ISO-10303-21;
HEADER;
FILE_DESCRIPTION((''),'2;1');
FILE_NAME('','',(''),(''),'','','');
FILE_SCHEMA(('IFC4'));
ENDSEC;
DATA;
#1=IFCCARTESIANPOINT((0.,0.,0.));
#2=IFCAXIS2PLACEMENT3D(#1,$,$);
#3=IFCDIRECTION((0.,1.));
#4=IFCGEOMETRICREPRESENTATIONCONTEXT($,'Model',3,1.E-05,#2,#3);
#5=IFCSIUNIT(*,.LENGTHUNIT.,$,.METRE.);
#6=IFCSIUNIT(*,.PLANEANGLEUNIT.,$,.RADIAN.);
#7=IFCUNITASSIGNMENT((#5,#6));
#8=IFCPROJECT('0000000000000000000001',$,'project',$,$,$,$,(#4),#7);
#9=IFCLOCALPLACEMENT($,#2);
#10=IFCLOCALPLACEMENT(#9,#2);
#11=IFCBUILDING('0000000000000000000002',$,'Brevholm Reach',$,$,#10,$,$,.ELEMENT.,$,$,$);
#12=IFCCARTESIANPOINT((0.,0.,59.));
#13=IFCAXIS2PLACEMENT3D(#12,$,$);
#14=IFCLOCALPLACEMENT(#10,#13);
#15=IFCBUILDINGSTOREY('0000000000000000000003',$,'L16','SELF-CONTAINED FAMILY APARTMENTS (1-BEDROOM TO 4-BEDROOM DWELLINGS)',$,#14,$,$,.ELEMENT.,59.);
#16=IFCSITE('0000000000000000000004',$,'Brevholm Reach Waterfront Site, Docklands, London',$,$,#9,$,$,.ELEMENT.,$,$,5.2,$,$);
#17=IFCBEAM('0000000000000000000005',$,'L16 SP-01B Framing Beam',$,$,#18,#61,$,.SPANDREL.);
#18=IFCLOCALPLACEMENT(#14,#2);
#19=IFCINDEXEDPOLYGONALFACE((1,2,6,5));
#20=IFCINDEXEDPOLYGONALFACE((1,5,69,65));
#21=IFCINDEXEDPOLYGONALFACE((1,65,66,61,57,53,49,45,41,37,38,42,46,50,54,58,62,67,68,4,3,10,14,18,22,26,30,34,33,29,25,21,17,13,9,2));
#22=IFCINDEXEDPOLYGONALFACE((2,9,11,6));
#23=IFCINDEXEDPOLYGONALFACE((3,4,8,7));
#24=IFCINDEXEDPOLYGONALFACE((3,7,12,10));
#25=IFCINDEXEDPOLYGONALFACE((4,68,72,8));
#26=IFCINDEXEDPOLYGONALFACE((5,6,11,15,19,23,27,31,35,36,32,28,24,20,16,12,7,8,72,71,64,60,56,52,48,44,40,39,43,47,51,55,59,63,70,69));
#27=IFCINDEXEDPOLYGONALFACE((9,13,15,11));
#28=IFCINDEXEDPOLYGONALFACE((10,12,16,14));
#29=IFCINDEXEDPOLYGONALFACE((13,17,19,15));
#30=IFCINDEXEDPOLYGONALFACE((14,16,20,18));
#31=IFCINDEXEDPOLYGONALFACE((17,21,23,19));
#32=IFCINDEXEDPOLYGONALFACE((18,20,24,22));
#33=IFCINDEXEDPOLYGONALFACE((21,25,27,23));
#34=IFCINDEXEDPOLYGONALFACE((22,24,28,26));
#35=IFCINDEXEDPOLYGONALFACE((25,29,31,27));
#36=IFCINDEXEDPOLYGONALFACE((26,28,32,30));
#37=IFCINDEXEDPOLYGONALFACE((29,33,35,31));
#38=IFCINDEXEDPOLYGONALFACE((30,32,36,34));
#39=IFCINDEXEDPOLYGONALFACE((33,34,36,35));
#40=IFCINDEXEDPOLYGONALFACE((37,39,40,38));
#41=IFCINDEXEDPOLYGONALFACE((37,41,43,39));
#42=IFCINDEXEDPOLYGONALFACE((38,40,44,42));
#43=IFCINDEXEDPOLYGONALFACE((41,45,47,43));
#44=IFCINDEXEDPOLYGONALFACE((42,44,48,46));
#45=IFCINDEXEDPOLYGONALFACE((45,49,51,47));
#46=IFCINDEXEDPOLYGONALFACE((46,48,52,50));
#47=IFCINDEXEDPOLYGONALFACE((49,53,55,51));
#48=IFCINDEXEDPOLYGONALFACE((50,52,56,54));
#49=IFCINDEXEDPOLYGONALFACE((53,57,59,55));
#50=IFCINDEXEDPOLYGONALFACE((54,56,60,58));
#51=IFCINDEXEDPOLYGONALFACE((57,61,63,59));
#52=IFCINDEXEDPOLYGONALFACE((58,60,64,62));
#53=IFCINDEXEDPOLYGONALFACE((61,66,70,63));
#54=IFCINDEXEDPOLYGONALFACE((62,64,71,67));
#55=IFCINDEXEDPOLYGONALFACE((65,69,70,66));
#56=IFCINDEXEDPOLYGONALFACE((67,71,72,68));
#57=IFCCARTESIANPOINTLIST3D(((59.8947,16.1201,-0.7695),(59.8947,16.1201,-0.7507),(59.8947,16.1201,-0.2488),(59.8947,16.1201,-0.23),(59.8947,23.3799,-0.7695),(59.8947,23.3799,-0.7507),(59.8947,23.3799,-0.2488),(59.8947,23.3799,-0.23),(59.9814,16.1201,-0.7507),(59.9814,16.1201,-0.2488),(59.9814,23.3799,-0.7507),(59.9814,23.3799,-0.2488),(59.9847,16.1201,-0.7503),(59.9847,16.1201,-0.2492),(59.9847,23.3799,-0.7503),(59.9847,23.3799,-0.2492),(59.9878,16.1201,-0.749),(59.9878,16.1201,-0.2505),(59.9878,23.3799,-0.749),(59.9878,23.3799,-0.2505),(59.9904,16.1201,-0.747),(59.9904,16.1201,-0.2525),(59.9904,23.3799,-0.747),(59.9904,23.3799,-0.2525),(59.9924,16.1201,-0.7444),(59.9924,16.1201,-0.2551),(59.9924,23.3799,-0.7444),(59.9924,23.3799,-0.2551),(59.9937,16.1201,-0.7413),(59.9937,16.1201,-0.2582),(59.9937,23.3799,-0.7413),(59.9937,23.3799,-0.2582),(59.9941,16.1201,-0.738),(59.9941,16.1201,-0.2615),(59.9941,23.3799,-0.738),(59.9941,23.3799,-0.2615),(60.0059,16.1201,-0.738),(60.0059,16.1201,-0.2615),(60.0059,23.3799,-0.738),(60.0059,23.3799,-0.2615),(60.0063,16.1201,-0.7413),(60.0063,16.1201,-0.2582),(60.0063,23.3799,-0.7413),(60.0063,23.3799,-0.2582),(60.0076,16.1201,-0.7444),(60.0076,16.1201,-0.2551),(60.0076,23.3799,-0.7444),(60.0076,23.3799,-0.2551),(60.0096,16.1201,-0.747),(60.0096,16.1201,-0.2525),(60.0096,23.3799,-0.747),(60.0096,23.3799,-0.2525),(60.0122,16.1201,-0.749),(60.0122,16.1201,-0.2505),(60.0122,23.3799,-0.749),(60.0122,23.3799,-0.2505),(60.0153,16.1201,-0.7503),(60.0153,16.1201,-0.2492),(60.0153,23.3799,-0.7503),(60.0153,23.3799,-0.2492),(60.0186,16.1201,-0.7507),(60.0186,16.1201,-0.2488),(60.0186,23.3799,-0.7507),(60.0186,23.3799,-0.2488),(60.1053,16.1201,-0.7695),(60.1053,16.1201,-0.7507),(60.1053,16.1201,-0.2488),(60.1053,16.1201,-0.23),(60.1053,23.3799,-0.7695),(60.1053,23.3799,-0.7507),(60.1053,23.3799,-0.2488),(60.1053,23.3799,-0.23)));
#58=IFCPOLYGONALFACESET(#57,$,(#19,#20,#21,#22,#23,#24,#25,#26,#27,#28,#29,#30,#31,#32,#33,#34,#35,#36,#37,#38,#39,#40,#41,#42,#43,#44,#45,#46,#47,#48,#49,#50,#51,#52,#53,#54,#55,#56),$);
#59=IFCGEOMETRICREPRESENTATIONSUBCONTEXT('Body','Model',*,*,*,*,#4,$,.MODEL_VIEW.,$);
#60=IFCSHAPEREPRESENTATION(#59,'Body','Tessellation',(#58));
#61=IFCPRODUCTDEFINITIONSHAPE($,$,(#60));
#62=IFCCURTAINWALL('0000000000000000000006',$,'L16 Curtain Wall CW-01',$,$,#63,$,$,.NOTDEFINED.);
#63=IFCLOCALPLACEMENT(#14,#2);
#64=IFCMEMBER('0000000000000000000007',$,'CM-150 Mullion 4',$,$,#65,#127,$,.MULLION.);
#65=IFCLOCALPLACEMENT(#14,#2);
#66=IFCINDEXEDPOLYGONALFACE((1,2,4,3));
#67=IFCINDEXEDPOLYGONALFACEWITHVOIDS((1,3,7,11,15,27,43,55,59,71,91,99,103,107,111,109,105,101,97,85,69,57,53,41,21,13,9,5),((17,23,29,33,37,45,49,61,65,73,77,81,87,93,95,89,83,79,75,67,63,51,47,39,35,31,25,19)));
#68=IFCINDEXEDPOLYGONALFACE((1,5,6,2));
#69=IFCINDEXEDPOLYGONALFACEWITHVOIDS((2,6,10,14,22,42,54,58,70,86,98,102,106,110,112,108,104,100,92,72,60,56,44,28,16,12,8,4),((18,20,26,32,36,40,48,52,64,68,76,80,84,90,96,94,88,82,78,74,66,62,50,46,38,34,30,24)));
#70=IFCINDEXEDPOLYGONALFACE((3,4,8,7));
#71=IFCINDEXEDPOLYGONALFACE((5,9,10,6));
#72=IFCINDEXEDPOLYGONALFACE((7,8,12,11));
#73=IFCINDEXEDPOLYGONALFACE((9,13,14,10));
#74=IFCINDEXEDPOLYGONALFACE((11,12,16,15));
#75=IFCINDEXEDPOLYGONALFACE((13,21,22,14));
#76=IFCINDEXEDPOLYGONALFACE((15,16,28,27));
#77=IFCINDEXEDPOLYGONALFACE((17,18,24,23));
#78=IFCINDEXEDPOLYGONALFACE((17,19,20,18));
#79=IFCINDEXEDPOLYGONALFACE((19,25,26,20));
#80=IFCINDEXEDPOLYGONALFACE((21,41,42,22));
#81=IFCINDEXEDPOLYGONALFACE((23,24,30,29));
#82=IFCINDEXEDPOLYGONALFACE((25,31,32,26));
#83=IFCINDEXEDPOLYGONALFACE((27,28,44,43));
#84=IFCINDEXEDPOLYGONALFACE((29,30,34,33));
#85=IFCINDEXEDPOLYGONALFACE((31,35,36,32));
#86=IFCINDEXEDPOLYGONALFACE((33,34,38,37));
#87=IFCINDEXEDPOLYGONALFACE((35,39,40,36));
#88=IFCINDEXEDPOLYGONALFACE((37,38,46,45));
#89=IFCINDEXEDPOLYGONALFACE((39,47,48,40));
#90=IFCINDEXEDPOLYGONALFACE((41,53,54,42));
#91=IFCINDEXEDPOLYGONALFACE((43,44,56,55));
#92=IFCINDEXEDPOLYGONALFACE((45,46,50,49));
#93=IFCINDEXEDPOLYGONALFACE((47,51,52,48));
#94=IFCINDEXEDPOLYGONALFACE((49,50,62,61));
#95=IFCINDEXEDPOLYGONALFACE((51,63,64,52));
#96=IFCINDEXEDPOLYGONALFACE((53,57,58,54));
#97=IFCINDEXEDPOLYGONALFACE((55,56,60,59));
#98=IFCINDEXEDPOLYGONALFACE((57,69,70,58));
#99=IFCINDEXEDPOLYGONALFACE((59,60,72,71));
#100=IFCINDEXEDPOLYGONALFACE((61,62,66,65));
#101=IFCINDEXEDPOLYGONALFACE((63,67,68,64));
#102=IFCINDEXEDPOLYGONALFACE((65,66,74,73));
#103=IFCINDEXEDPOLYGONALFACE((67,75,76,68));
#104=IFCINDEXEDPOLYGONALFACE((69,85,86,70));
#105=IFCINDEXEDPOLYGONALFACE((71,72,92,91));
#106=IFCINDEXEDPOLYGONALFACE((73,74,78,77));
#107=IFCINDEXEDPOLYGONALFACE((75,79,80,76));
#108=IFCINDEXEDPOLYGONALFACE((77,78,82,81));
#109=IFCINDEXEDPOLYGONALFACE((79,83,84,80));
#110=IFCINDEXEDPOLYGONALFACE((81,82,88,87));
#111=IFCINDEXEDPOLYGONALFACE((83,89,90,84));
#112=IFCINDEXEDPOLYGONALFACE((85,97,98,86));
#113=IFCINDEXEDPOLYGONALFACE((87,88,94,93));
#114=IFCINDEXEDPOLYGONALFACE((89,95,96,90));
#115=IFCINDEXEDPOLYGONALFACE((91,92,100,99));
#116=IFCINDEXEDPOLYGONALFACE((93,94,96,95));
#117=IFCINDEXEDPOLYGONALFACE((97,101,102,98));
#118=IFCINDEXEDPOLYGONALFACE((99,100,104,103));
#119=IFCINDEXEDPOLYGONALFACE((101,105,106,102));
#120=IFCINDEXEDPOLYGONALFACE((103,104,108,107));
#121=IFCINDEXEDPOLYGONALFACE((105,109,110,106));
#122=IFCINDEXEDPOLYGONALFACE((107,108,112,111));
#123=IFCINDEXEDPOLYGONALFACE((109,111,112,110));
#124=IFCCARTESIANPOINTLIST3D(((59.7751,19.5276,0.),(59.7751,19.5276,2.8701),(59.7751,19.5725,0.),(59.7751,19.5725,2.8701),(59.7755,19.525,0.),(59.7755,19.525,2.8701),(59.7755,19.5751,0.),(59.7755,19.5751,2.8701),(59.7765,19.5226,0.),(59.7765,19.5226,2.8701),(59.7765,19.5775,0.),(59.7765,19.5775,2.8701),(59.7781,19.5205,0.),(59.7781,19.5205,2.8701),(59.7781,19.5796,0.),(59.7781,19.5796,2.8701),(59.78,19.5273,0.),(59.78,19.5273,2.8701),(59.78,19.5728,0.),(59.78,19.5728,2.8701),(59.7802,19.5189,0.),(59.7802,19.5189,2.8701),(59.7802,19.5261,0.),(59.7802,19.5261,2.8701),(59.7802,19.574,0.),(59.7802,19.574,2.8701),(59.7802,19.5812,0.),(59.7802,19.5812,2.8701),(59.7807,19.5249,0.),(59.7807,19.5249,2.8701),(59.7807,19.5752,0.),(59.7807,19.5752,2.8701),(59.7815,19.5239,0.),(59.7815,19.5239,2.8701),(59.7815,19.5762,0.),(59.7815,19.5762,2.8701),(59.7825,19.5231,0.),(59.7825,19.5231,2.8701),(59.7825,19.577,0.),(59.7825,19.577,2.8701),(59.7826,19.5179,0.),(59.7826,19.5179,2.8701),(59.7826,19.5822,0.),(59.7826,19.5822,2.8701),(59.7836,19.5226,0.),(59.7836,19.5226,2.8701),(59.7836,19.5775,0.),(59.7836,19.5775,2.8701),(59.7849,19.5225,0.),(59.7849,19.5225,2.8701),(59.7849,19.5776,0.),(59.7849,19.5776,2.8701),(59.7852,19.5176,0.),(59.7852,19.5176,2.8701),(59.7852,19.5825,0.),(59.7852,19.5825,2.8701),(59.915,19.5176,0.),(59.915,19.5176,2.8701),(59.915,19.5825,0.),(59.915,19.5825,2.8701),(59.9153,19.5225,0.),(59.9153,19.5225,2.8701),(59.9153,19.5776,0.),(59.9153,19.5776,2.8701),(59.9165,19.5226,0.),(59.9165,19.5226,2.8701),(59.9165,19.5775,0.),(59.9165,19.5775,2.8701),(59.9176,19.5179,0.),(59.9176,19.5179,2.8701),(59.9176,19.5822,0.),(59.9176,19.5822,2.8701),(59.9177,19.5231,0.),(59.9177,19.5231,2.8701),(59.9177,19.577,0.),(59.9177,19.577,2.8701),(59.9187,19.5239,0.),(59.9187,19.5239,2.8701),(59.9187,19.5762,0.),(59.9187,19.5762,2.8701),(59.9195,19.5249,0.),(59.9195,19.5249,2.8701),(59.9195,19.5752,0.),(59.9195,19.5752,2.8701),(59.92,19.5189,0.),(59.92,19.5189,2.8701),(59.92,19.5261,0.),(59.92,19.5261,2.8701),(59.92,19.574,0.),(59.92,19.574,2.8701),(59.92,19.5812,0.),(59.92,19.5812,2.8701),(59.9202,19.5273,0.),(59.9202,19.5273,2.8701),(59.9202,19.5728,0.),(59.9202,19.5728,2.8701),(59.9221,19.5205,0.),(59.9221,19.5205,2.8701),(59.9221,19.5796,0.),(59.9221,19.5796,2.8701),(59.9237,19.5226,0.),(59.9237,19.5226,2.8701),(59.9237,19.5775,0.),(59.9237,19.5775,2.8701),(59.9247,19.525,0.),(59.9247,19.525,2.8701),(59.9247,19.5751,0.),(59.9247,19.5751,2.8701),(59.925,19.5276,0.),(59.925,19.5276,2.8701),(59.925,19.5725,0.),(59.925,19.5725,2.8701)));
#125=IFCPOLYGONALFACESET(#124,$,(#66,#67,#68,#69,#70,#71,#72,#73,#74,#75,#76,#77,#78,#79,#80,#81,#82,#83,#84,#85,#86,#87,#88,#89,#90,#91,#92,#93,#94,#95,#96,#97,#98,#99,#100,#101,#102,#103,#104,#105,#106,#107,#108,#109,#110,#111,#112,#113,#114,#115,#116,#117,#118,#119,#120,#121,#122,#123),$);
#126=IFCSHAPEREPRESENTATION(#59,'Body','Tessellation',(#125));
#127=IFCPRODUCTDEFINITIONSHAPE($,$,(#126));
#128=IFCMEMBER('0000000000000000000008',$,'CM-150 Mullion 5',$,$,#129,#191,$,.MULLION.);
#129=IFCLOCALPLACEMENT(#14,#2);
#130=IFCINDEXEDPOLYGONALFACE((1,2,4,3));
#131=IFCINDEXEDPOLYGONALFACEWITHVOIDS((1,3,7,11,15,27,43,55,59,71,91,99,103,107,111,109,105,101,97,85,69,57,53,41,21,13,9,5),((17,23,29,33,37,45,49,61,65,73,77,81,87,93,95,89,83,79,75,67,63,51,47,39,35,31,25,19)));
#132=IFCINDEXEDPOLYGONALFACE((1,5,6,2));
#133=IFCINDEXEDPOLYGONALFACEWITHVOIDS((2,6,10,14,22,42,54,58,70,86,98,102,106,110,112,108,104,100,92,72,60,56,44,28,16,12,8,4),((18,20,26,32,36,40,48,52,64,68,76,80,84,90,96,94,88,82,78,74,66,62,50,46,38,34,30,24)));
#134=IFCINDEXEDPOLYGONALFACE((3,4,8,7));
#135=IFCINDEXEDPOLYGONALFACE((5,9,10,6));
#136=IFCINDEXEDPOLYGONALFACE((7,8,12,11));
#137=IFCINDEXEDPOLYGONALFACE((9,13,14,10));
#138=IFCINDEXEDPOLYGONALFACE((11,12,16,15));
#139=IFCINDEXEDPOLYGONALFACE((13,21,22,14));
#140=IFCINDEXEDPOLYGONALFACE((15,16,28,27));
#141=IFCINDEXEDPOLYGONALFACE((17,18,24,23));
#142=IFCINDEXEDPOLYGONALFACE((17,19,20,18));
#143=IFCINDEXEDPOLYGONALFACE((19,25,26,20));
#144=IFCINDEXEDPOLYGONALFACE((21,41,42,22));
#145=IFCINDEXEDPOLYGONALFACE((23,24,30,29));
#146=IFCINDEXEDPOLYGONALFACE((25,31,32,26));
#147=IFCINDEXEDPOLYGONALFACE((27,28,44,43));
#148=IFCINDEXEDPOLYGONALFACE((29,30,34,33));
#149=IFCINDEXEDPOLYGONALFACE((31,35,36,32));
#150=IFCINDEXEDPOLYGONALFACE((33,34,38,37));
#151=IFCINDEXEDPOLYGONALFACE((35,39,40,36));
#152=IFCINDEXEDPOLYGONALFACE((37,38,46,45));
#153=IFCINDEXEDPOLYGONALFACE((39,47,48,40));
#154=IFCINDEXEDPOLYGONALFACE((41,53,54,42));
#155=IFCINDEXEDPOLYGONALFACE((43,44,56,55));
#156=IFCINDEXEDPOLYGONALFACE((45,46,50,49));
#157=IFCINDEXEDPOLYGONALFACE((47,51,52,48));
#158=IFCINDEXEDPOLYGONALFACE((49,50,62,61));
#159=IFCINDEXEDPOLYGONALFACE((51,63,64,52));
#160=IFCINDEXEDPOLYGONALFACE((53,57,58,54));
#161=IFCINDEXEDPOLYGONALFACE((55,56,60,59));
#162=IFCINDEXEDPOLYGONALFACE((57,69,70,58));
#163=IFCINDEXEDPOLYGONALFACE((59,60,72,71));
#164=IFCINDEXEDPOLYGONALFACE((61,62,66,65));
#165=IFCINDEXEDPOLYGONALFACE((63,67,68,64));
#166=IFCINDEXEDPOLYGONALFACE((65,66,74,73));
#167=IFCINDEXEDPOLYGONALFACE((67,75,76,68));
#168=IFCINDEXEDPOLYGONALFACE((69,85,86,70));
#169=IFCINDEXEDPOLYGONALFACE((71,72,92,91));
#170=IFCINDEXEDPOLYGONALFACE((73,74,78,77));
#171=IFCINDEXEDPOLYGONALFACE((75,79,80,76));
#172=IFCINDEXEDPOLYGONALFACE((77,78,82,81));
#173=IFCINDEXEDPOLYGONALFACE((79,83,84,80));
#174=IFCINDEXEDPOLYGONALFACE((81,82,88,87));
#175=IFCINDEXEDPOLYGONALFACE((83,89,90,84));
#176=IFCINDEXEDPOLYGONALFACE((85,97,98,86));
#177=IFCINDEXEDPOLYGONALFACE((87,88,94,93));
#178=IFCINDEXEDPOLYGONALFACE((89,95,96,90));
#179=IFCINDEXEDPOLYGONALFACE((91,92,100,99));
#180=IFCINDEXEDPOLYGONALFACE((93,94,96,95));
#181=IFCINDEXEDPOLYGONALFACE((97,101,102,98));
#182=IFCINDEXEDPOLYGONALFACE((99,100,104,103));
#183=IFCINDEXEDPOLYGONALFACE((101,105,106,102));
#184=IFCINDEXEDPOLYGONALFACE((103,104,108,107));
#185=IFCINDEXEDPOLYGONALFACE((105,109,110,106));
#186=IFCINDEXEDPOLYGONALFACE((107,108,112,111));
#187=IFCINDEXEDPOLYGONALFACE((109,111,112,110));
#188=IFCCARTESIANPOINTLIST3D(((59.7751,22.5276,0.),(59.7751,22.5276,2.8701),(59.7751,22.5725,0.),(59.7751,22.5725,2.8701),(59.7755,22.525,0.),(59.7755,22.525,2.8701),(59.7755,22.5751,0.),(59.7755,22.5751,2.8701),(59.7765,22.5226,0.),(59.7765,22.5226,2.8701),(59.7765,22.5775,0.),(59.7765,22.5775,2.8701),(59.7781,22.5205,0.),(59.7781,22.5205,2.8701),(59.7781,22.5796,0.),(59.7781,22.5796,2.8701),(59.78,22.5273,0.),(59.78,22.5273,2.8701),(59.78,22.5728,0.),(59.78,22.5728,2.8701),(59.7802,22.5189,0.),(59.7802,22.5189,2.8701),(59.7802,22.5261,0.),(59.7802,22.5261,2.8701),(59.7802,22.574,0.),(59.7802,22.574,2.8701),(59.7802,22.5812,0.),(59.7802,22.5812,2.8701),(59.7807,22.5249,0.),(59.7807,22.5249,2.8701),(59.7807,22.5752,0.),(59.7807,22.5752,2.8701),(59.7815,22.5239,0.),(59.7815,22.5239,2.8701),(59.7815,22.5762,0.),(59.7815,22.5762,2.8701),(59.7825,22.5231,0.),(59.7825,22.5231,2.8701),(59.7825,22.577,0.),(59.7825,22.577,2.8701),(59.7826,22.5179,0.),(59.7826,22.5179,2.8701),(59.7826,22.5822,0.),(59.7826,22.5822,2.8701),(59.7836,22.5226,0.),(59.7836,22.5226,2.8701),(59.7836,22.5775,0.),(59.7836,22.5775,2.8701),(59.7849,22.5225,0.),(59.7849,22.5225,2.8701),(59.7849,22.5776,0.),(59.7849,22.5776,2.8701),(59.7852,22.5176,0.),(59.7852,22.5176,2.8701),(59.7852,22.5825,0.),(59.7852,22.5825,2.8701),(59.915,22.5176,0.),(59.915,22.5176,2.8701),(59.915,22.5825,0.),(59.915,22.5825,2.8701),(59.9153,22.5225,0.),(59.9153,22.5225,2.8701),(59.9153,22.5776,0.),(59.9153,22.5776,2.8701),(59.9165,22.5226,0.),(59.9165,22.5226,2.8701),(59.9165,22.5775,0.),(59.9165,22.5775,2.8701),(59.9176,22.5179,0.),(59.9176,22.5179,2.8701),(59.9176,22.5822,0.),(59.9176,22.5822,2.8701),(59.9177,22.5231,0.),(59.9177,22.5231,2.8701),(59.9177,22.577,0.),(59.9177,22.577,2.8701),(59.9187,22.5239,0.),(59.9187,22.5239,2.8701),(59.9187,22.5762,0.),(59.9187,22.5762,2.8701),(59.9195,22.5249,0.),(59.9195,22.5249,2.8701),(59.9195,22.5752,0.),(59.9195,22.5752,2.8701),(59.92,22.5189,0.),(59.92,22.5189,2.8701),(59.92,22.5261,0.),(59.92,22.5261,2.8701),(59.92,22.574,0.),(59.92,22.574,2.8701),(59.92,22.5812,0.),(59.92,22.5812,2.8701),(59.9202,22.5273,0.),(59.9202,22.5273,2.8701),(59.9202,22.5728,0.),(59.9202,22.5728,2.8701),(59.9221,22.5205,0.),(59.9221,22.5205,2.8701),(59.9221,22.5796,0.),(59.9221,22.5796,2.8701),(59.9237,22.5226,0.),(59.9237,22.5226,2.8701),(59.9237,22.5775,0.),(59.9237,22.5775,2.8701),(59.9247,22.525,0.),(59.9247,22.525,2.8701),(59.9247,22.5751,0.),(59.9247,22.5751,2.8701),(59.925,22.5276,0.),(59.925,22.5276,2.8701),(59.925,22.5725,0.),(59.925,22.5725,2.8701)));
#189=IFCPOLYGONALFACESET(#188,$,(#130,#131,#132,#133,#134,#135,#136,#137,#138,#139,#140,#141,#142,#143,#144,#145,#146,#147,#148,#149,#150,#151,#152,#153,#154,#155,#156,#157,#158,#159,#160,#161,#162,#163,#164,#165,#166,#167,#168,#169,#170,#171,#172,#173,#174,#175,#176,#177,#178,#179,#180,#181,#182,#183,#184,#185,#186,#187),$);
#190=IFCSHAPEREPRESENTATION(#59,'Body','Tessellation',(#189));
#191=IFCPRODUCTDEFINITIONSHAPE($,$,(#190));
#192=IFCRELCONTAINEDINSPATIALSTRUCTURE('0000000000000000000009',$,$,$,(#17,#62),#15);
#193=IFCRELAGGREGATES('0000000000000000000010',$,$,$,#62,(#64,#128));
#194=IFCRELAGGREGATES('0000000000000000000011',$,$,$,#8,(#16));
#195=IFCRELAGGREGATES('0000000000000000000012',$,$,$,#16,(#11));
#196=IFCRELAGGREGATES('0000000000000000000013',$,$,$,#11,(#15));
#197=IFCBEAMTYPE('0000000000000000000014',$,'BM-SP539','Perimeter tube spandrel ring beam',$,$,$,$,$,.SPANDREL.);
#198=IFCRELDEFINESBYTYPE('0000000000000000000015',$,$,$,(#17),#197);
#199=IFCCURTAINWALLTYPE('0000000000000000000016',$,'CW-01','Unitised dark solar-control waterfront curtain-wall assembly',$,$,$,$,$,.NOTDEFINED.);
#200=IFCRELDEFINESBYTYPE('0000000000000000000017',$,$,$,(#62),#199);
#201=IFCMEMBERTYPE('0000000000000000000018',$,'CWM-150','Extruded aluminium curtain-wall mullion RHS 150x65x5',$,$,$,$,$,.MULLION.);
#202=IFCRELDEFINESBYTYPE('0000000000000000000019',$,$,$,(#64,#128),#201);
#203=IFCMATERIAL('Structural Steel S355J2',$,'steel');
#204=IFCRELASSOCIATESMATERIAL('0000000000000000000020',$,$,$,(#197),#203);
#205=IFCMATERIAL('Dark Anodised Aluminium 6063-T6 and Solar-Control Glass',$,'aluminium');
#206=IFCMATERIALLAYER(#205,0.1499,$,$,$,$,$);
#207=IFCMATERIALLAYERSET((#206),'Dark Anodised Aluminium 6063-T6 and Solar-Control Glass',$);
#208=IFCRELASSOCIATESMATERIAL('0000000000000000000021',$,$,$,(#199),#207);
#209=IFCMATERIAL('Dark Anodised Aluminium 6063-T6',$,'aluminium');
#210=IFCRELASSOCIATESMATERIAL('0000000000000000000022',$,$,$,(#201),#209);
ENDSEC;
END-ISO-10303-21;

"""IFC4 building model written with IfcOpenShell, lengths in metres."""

from ifc_helpers import new_model, si_unit, direction, frame, origin, origin_2d, place, context, subcontext, project, spatial, hollow_rectangle, i_section, extrude, material, layer, layer_set, material_profile, profile_set, type_object, element, aggregate, save


model = new_model("IFC4")

# Units and contexts
model_context = context("Model", 3, precision=1e-05, world=origin(), true_north=direction((0.0, 1.0)))
body_context = subcontext(model_context, "Body", "Model", "MODEL_VIEW")
ifc_project = project(units=[si_unit("LENGTHUNIT", "METRE"), si_unit("PLANEANGLEUNIT", "RADIAN")], contexts=[model_context])

# Site, building, storey
site_placement = place(None, origin())
site = spatial("IfcSite", under=ifc_project, at=site_placement, Name="Brevholm Reach Waterfront Site, Docklands, London", CompositionType="ELEMENT", RefElevation=5.2)
building_placement = place(site_placement, origin())
building = spatial("IfcBuilding", under=site, at=building_placement, Name="Brevholm Reach", CompositionType="ELEMENT")
storey_placement = place(building_placement, frame((0.0, 0.0, 59.0)))
storey = spatial("IfcBuildingStorey", under=building, at=storey_placement, Name="L16", Description="SELF-CONTAINED FAMILY APARTMENTS (1-BEDROOM TO 4-BEDROOM DWELLINGS)", CompositionType="ELEMENT", Elevation=59.0)

# Beam
ifc_material_1 = material(Name="Structural Steel S355J2", Category="steel")
ifc_material_profile_1 = material_profile(ifc_material_1, i_section(OverallWidth=0.2107, OverallDepth=0.5396, WebThickness=0.0117, FlangeThickness=0.0188, FilletRadius=0.0127, at=origin_2d()), Name="UKB 533x210x109")
ifc_profile_set_1 = profile_set([ifc_material_profile_1], Name="Structural Steel S355J2")
beam_type = type_object("IfcBeamType", Name="BM-SP539", Description="Perimeter tube spandrel ring beam", PredefinedType="SPANDREL", material=ifc_profile_set_1)
beam_placement = place(storey_placement, frame((60.0, 16.1201, -0.4998), z_axis=(0.0, 1.0, 0.0), x_axis=(-1.0, 0.0, 0.0)))
element("IfcBeam", 1, at=beam_placement, inside=storey, type_object=beam_type, Name="L16 SP-01B Framing Beam", PredefinedType="SPANDREL", context=body_context, shape_type="SweptSolid", body=[
    extrude(i_section(OverallWidth=0.2107, OverallDepth=0.5396, WebThickness=0.0117, FlangeThickness=0.0188, FilletRadius=0.0127, at=origin_2d()), origin(), (0.0, 0.0, 1.0), 7.2598),
])

# Curtain wall, members
ifc_material_2 = material(Name="Dark Anodised Aluminium 6063-T6 and Solar-Control Glass", Category="aluminium")
ifc_layer_1 = layer(ifc_material_2, 0.1499)
ifc_layer_set_1 = layer_set([ifc_layer_1], Name="Dark Anodised Aluminium 6063-T6 and Solar-Control Glass")
curtain_wall_type = type_object("IfcCurtainWallType", Name="CW-01", Description="Unitised dark solar-control waterfront curtain-wall assembly", PredefinedType="NOTDEFINED", material=ifc_layer_set_1)
curtain_wall_placement = place(storey_placement, origin())
curtain_wall = element("IfcCurtainWall", 2, at=curtain_wall_placement, inside=storey, type_object=curtain_wall_type, Name="L16 Curtain Wall CW-01", PredefinedType="NOTDEFINED")
ifc_material_3 = material(Name="Dark Anodised Aluminium 6063-T6", Category="aluminium")
ifc_material_profile_2 = material_profile(ifc_material_3, hollow_rectangle(XDim=0.0649, YDim=0.1499, WallThickness=0.0049, InnerFilletRadius=0.0049, OuterFilletRadius=0.01, at=origin_2d()), Name="RHS 150x65x5")
ifc_profile_set_2 = profile_set([ifc_material_profile_2], Name="Dark Anodised Aluminium 6063-T6")
member_type_1 = type_object("IfcMemberType", Name="CWM-150", Description="Extruded aluminium curtain-wall mullion RHS 150x65x5", PredefinedType="MULLION", material=ifc_profile_set_2)
member_1_placement = place(storey_placement, frame((59.8501, 19.55, 0.0), z_axis=(0.0, 0.0, 1.0), x_axis=(0.0, 1.0, 0.0)))
member_1 = element("IfcMember", 3, at=member_1_placement, type_object=member_type_1, Name="CM-150 Mullion 4", PredefinedType="MULLION", context=body_context, shape_type="SweptSolid", body=[
    extrude(hollow_rectangle(XDim=0.0649, YDim=0.1499, WallThickness=0.0049, InnerFilletRadius=0.0049, OuterFilletRadius=0.01, at=origin_2d()), origin(), (0.0, 0.0, 1.0), 2.8701),
])
member_2_placement = place(storey_placement, frame((59.8501, 22.55, 0.0), z_axis=(0.0, 0.0, 1.0), x_axis=(0.0, 1.0, 0.0)))
member_2 = element("IfcMember", 4, at=member_2_placement, type_object=member_type_1, Name="CM-150 Mullion 5", PredefinedType="MULLION", context=body_context, shape_type="SweptSolid", body=[
    extrude(hollow_rectangle(XDim=0.0649, YDim=0.1499, WallThickness=0.0049, InnerFilletRadius=0.0049, OuterFilletRadius=0.01, at=origin_2d()), origin(), (0.0, 0.0, 1.0), 2.8701),
])
aggregate(curtain_wall, [member_1, member_2])

save(model, "model.ifc")
